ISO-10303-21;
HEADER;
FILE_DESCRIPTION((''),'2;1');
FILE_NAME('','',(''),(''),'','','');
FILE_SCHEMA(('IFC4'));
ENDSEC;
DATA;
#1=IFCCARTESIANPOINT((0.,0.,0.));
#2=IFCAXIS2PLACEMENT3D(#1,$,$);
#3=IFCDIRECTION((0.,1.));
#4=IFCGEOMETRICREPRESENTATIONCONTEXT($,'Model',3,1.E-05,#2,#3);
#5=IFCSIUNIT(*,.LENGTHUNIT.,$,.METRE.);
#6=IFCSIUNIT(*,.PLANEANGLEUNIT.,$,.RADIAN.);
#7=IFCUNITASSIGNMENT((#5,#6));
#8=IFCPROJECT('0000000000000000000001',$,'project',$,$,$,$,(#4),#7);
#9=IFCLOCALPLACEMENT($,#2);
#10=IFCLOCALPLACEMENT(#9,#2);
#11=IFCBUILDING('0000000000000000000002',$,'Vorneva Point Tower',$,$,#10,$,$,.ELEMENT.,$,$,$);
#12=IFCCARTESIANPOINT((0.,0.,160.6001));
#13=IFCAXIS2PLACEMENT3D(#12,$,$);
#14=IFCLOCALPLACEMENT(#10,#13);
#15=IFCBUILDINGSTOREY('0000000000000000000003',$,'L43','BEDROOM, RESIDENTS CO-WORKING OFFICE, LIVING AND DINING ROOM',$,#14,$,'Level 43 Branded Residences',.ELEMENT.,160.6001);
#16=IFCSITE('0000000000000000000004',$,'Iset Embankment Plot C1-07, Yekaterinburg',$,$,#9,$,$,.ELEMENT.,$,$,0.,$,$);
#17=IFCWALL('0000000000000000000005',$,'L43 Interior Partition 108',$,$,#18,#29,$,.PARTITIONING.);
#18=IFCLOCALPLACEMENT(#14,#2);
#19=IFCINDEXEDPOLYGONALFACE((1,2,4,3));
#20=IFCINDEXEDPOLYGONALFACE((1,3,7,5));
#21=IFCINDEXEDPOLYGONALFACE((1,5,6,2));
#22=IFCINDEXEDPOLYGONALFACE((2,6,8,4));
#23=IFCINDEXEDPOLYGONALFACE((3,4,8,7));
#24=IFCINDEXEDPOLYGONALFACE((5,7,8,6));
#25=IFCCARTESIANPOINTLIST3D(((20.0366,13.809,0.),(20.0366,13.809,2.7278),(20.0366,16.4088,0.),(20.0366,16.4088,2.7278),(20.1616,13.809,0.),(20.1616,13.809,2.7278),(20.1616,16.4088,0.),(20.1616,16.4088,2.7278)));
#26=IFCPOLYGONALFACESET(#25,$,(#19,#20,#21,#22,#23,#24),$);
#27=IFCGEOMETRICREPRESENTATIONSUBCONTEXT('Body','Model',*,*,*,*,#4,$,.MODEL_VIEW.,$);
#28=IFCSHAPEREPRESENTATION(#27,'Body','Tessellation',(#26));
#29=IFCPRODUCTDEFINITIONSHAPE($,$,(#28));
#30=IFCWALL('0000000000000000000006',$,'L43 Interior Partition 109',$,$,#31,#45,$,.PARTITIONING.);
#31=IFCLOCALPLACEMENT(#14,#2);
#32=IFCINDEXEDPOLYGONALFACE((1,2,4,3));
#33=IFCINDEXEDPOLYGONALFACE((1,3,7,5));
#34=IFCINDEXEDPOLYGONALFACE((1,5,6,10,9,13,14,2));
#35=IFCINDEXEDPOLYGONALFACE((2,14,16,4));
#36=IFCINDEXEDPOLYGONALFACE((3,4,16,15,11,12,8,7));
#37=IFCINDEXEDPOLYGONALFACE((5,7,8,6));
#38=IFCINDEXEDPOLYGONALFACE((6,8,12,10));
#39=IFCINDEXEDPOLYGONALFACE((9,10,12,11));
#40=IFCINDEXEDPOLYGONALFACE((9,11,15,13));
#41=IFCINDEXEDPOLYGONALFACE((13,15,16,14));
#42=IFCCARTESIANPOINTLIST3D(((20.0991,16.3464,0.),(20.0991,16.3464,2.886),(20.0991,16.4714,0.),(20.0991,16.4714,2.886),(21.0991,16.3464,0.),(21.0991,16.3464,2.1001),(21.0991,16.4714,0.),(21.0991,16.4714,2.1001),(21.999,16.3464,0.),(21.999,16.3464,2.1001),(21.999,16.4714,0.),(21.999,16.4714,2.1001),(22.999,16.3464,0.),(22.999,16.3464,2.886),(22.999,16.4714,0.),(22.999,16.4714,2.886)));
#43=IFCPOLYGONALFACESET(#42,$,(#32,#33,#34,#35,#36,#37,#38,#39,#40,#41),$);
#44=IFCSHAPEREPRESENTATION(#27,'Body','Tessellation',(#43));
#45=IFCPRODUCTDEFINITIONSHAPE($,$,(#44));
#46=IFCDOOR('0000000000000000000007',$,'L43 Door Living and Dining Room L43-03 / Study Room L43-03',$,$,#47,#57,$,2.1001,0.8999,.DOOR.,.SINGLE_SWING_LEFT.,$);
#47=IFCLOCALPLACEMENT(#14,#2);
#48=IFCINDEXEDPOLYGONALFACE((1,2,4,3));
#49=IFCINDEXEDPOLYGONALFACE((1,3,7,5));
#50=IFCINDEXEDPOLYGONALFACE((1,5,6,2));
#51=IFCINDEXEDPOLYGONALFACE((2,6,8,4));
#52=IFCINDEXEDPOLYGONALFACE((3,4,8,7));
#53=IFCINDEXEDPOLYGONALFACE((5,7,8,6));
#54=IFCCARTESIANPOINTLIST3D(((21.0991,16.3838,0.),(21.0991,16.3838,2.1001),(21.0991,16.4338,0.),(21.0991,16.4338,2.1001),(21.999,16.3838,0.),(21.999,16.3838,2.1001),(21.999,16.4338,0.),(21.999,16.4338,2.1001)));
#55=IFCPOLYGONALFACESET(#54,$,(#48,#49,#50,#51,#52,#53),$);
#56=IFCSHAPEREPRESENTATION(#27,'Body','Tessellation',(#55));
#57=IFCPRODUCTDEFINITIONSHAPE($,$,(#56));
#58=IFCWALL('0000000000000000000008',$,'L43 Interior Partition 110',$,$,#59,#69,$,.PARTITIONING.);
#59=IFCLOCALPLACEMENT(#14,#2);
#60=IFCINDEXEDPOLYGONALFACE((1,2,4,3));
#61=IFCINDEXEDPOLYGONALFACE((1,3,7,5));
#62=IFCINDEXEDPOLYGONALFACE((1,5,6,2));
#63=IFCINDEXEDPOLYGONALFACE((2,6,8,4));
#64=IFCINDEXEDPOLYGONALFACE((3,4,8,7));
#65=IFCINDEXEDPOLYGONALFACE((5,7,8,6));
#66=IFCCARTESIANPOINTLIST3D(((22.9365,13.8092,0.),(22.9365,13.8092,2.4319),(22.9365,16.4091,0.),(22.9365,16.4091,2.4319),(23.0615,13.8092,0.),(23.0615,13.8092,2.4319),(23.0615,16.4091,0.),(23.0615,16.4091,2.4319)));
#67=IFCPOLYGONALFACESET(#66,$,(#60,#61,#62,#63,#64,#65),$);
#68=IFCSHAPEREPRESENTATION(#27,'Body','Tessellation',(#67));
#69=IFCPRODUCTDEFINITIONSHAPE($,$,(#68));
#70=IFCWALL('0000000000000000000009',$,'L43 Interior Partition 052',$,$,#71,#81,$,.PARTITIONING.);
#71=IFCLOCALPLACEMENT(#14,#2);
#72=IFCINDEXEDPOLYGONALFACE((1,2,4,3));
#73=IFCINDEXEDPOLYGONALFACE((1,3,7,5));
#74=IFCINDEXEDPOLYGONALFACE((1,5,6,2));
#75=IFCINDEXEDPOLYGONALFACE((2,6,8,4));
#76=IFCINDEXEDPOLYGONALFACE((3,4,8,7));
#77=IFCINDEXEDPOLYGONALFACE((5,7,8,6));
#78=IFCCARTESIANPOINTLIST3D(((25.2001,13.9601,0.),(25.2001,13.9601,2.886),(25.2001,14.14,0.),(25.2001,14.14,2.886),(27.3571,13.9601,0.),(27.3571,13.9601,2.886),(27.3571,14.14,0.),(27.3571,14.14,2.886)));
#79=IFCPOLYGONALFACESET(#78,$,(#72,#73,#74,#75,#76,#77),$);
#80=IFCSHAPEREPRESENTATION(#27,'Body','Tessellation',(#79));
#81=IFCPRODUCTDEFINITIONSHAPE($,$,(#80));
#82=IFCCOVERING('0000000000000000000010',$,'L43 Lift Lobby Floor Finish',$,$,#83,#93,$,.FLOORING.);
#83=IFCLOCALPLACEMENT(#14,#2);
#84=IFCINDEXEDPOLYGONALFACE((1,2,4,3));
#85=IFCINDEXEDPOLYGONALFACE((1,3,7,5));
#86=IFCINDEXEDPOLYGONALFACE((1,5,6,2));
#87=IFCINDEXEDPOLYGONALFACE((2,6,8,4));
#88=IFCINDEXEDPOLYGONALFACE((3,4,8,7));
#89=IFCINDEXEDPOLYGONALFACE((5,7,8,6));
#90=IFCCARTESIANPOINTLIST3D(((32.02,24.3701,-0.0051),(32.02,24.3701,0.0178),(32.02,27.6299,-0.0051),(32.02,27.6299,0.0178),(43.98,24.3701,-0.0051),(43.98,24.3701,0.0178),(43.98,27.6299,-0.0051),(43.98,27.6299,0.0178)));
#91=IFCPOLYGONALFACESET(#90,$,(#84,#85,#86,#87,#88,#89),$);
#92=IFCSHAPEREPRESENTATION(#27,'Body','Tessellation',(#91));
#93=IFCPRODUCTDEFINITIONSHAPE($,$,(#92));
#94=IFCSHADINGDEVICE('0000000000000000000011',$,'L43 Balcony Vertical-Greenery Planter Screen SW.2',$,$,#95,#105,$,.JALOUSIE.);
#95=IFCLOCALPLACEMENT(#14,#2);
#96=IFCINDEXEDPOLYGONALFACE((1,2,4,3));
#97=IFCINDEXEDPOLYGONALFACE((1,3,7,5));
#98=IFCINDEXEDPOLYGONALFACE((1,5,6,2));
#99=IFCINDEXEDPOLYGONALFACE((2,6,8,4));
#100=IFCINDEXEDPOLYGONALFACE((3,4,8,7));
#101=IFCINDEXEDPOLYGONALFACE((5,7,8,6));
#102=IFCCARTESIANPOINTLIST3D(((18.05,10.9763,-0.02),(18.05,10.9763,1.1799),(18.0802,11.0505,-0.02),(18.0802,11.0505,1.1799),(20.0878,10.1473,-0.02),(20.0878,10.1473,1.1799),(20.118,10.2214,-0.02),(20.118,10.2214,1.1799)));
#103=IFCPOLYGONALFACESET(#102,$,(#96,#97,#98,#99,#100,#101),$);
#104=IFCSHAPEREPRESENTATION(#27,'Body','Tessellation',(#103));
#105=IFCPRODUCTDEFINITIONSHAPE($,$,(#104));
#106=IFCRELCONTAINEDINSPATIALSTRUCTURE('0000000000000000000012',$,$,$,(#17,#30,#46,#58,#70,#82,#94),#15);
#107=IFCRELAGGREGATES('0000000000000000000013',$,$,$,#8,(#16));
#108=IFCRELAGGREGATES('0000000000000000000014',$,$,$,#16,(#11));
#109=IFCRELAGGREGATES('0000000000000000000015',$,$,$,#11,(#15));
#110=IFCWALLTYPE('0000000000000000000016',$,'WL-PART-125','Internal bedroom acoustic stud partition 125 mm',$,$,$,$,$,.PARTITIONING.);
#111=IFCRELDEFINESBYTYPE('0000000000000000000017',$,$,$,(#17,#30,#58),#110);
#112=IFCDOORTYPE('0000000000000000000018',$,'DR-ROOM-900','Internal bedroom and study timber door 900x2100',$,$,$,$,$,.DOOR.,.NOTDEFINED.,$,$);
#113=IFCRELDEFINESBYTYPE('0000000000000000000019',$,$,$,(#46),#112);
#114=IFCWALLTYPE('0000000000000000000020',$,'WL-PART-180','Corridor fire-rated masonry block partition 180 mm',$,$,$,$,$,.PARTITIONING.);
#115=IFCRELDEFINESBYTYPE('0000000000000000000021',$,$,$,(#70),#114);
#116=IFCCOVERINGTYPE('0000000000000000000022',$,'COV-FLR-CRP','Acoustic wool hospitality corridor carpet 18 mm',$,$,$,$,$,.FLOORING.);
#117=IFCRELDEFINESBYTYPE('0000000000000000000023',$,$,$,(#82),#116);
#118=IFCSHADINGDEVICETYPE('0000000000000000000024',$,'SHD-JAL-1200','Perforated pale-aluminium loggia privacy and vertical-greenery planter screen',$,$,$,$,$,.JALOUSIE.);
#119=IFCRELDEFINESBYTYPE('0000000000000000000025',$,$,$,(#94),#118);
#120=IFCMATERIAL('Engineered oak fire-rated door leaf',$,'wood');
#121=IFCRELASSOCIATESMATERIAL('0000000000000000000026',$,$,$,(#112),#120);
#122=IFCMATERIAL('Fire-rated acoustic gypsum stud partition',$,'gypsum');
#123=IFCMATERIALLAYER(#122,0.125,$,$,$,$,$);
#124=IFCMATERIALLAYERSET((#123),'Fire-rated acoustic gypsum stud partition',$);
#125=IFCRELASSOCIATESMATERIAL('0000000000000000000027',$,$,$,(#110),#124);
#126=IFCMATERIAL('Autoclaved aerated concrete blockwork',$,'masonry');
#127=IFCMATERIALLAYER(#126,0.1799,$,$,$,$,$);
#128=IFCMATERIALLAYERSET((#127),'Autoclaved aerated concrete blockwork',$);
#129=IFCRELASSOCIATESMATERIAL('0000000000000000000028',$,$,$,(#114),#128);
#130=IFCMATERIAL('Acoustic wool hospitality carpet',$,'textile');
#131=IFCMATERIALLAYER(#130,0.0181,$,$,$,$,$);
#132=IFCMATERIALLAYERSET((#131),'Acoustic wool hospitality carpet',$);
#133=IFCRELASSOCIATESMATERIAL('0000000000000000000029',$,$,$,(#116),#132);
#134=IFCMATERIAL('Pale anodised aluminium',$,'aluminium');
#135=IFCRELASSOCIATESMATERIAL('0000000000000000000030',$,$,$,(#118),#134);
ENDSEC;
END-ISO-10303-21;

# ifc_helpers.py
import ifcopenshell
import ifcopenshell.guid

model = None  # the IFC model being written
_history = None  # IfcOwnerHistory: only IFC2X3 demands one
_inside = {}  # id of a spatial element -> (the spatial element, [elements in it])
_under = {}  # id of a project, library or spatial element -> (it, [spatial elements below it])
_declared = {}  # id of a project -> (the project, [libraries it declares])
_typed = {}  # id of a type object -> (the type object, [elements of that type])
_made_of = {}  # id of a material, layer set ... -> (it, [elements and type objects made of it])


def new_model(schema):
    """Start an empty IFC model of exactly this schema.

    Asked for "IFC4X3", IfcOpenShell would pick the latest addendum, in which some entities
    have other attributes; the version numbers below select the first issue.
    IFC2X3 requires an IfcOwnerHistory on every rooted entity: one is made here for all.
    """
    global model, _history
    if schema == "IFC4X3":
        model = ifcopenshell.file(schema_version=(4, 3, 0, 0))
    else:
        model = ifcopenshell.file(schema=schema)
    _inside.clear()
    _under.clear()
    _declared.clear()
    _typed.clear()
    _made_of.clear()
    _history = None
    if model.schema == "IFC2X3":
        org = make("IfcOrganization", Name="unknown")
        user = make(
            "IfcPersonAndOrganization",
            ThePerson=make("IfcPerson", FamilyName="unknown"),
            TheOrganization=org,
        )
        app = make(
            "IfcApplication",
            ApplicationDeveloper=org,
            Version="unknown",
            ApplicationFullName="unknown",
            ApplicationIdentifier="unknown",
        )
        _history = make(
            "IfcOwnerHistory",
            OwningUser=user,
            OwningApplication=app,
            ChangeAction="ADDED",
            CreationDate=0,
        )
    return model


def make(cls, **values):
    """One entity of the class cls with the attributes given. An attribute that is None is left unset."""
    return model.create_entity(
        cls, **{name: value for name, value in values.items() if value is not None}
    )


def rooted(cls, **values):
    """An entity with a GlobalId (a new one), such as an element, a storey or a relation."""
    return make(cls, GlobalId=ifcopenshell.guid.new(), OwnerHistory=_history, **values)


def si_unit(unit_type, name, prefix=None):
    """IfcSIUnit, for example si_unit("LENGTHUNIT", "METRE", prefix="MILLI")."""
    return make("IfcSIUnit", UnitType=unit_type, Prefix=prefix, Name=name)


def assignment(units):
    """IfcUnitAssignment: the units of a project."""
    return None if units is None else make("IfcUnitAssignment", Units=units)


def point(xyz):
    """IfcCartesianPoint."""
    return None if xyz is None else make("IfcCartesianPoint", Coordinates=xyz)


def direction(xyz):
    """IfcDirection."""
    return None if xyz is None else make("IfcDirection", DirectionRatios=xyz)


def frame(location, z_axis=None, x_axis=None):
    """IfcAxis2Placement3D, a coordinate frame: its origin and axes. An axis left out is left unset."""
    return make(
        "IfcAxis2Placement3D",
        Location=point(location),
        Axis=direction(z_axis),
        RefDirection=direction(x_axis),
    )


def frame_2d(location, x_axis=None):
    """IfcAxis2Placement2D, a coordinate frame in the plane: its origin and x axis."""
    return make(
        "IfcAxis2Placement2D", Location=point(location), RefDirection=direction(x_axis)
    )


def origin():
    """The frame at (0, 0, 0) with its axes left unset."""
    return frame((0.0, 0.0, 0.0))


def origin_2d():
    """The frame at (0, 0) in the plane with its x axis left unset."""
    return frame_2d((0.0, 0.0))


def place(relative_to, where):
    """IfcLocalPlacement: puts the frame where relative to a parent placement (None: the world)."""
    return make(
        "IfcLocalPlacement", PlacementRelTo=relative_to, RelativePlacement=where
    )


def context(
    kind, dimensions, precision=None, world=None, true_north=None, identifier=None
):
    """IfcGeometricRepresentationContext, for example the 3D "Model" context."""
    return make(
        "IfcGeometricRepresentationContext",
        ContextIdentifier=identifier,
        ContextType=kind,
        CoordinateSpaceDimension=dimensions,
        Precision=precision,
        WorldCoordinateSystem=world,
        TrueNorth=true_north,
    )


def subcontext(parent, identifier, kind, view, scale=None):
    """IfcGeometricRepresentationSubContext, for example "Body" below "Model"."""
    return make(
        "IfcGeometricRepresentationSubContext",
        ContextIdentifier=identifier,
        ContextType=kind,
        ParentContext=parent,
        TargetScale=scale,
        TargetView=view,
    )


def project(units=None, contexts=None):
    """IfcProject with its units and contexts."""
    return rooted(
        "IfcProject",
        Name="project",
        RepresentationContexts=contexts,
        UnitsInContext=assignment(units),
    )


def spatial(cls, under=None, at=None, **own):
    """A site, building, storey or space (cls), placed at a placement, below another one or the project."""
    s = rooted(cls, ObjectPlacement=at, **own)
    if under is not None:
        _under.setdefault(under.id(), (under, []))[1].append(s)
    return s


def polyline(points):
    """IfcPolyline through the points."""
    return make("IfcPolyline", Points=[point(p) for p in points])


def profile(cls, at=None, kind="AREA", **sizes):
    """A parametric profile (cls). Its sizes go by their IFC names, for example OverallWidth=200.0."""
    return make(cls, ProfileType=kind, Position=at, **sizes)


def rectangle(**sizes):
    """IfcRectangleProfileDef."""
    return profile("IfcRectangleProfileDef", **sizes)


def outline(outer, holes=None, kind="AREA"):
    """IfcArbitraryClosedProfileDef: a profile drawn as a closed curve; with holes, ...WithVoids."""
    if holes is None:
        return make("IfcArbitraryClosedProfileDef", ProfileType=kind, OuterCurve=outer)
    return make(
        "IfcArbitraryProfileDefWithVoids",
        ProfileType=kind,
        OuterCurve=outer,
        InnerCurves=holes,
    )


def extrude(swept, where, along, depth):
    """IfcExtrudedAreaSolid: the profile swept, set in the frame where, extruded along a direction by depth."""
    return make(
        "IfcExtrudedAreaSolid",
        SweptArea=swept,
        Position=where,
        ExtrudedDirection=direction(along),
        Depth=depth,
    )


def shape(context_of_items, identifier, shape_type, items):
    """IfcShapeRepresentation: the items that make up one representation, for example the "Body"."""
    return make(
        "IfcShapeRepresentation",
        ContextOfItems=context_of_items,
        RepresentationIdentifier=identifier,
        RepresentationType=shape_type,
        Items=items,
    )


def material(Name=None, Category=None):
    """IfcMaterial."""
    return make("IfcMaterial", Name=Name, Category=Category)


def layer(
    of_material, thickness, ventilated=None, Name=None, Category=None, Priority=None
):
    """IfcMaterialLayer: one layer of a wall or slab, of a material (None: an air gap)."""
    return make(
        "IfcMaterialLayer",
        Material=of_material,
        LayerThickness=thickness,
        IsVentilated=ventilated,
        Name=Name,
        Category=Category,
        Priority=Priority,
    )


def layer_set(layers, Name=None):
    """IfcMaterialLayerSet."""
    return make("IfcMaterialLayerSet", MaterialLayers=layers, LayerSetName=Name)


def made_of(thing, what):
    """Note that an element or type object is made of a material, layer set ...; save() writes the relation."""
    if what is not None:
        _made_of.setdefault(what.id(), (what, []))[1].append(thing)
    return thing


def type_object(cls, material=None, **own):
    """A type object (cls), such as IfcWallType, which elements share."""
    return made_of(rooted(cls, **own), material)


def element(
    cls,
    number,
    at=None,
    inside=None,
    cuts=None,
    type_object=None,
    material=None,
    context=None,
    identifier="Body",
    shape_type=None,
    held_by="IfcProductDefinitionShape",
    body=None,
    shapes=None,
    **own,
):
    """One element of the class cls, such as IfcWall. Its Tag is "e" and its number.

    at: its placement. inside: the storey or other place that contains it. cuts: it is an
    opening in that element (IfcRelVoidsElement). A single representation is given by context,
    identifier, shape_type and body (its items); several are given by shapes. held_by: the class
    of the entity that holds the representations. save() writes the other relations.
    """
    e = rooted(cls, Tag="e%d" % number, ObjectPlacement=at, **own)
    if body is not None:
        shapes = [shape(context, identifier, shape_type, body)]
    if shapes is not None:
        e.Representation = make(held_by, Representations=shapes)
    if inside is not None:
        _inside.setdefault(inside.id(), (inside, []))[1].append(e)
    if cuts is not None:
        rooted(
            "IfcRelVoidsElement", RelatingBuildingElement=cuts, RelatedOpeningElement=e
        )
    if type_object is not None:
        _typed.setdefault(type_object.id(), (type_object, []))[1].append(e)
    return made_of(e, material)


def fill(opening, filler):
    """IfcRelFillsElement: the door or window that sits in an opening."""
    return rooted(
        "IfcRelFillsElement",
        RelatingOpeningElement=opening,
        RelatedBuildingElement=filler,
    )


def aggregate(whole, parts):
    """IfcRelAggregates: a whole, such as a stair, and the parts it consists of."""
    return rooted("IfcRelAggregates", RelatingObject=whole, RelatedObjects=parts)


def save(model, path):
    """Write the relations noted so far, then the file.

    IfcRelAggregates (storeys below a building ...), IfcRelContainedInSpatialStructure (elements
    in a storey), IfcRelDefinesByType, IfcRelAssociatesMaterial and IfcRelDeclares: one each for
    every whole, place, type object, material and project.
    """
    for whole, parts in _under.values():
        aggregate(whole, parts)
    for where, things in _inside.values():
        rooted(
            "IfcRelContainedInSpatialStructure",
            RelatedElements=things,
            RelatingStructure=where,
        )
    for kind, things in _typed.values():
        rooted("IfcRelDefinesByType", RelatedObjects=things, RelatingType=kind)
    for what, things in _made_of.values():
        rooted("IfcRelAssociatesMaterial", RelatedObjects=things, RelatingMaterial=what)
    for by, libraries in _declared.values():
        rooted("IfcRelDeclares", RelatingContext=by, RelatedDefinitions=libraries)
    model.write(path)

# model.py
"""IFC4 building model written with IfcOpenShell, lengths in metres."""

from ifc_helpers import new_model, si_unit, direction, frame, frame_2d, origin, origin_2d, place, context, subcontext, project, spatial, polyline, rectangle, outline, extrude, material, layer, layer_set, type_object, element, fill, save


model = new_model("IFC4")

# Units and contexts
model_context = context("Model", 3, precision=1e-05, world=origin(), true_north=direction((0.0, 1.0)))
body_context = subcontext(model_context, "Body", "Model", "MODEL_VIEW")
ifc_project = project(units=[si_unit("LENGTHUNIT", "METRE"), si_unit("PLANEANGLEUNIT", "RADIAN")], contexts=[model_context])

# Site, building, storey
site_placement = place(None, origin())
site = spatial("IfcSite", under=ifc_project, at=site_placement, Name="Iset Embankment Plot C1-07, Yekaterinburg", CompositionType="ELEMENT", RefElevation=0.0)
building_placement = place(site_placement, origin())
building = spatial("IfcBuilding", under=site, at=building_placement, Name="Vorneva Point Tower", CompositionType="ELEMENT")
storey_placement = place(building_placement, frame((0.0, 0.0, 160.6001)))
storey = spatial("IfcBuildingStorey", under=building, at=storey_placement, Name="L43", Description="BEDROOM, RESIDENTS CO-WORKING OFFICE, LIVING AND DINING ROOM", LongName="Level 43 Branded Residences", CompositionType="ELEMENT", Elevation=160.6001)

# Shared definitions
ifc_material_1 = material(Name="Pale anodised aluminium", Category="aluminium")

# Shared definitions
ifc_material_2 = material(Name="Fire-rated acoustic gypsum stud partition", Category="gypsum")
ifc_material_3 = material(Name="Engineered oak fire-rated door leaf", Category="wood")
door_type_1 = type_object("IfcDoorType", Name="DR-ROOM-900", Description="Internal bedroom and study timber door 900x2100", OperationType="NOTDEFINED", PredefinedType="DOOR", material=ifc_material_3)

# Wall
ifc_layer_1 = layer(ifc_material_2, 0.125)
ifc_layer_set_1 = layer_set([ifc_layer_1], Name="Fire-rated acoustic gypsum stud partition")
wall_type_1 = type_object("IfcWallType", Name="WL-PART-125", Description="Internal bedroom acoustic stud partition 125 mm", PredefinedType="PARTITIONING", material=ifc_layer_set_1)
wall_1_placement = place(storey_placement, frame((20.0991, 13.8091, 0.0), z_axis=(0.0, 0.0, 1.0), x_axis=(0.0, 1.0, 0.0)))
element("IfcWall", 1, at=wall_1_placement, inside=storey, type_object=wall_type_1, Name="L43 Interior Partition 108", PredefinedType="PARTITIONING", context=body_context, shape_type="SweptSolid", body=[
    extrude(rectangle(XDim=2.5999, YDim=0.125, at=frame_2d((1.2998, 0.0))), origin(), (0.0, 0.0, 1.0), 2.7278),
])

# Wall, opening, door
wall_2_placement = place(storey_placement, frame((20.0991, 16.4089, 0.0), z_axis=(0.0, 0.0, 1.0), x_axis=(1.0, 0.0, 0.0)))
wall_2 = element("IfcWall", 2, at=wall_2_placement, inside=storey, type_object=wall_type_1, Name="L43 Interior Partition 109", PredefinedType="PARTITIONING", context=body_context, shape_type="SweptSolid", body=[
    extrude(rectangle(XDim=2.8999, YDim=0.125, at=frame_2d((1.45, 0.0))), origin(), (0.0, 0.0, 1.0), 2.886),
])
opening_1_placement = place(wall_2_placement, frame((1.0, 0.0, 0.0)))
opening_1 = element("IfcOpeningElement", 3, at=opening_1_placement, cuts=wall_2, PredefinedType="OPENING", context=body_context, shape_type="SweptSolid", body=[
    extrude(rectangle(XDim=0.8999, YDim=2.1001, at=frame_2d((0.45, 1.05))), frame((0.0, 0.0774, 0.0), z_axis=(0.0, -1.0, 0.0), x_axis=(1.0, 0.0, 0.0)), (0.0, 0.0, 1.0), 0.1548),
])
door_1_placement = place(opening_1_placement, origin())
door_1 = element("IfcDoor", 4, at=door_1_placement, inside=storey, type_object=door_type_1, Name="L43 Door Living and Dining Room L43-03 / Study Room L43-03", OperationType="SINGLE_SWING_LEFT", OverallHeight=2.1001, OverallWidth=0.8999, PredefinedType="DOOR", context=body_context, shape_type="SweptSolid", body=[
    extrude(rectangle(XDim=0.8999, YDim=2.1001, at=frame_2d((0.45, 1.05))), frame((0.0, 0.0249, 0.0), z_axis=(0.0, -1.0, 0.0), x_axis=(1.0, 0.0, 0.0)), (0.0, 0.0, 1.0), 0.05),
])
fill(opening_1, door_1)

# Walls
wall_3_placement = place(storey_placement, frame((22.999, 16.4089, 0.0), z_axis=(0.0, 0.0, 1.0), x_axis=(0.0, -1.0, 0.0)))
element("IfcWall", 5, at=wall_3_placement, inside=storey, type_object=wall_type_1, Name="L43 Interior Partition 110", PredefinedType="PARTITIONING", context=body_context, shape_type="SweptSolid", body=[
    extrude(rectangle(XDim=2.5999, YDim=0.125, at=frame_2d((1.2998, 0.0))), origin(), (0.0, 0.0, 1.0), 2.4319),
])
ifc_material_4 = material(Name="Autoclaved aerated concrete blockwork", Category="masonry")
ifc_layer_2 = layer(ifc_material_4, 0.1799)
ifc_layer_set_2 = layer_set([ifc_layer_2], Name="Autoclaved aerated concrete blockwork")
wall_type_2 = type_object("IfcWallType", Name="WL-PART-180", Description="Corridor fire-rated masonry block partition 180 mm", PredefinedType="PARTITIONING", material=ifc_layer_set_2)
wall_4_placement = place(storey_placement, frame((25.2, 14.05, 0.0), z_axis=(0.0, 0.0, 1.0), x_axis=(1.0, 0.0, 0.0)))
element("IfcWall", 6, at=wall_4_placement, inside=storey, type_object=wall_type_2, Name="L43 Interior Partition 052", PredefinedType="PARTITIONING", context=body_context, shape_type="SweptSolid", body=[
    extrude(rectangle(XDim=2.157, YDim=0.1799, at=frame_2d((1.0786, 0.0))), origin(), (0.0, 0.0, 1.0), 2.886),
])

# Covering
ifc_material_5 = material(Name="Acoustic wool hospitality carpet", Category="textile")
ifc_layer_3 = layer(ifc_material_5, 0.0181)
ifc_layer_set_3 = layer_set([ifc_layer_3], Name="Acoustic wool hospitality carpet")
covering_type = type_object("IfcCoveringType", Name="COV-FLR-CRP", Description="Acoustic wool hospitality corridor carpet 18 mm", PredefinedType="FLOORING", material=ifc_layer_set_3)
covering_placement = place(storey_placement, frame((0.0, 0.0, -0.0051)))
element("IfcCovering", 7, at=covering_placement, inside=storey, type_object=covering_type, Name="L43 Lift Lobby Floor Finish", PredefinedType="FLOORING", context=body_context, shape_type="SweptSolid", body=[
    extrude(outline(polyline([(32.02, 24.3701), (43.98, 24.3701), (43.98, 27.6299), (32.02, 27.6299), (32.02, 24.3701)])), origin(), (0.0, 0.0, 1.0), 0.0229),
])

# Shading device
shading_device_type = type_object("IfcShadingDeviceType", Name="SHD-JAL-1200", Description="Perforated pale-aluminium loggia privacy and vertical-greenery planter screen", PredefinedType="JALOUSIE", material=ifc_material_1)
shading_device_placement = place(storey_placement, frame((19.084, 10.5989, -0.02), z_axis=(0.0, 0.0, 1.0), x_axis=(0.926272, -0.376855, 0.0)))
element("IfcShadingDevice", 8, at=shading_device_placement, inside=storey, type_object=shading_device_type, Name="L43 Balcony Vertical-Greenery Planter Screen SW.2", PredefinedType="JALOUSIE", context=body_context, shape_type="SweptSolid", body=[
    extrude(rectangle(XDim=2.2, YDim=0.0801, at=origin_2d()), origin(), (0.0, 0.0, 1.0), 1.2),
])

save(model, "model.ifc")
